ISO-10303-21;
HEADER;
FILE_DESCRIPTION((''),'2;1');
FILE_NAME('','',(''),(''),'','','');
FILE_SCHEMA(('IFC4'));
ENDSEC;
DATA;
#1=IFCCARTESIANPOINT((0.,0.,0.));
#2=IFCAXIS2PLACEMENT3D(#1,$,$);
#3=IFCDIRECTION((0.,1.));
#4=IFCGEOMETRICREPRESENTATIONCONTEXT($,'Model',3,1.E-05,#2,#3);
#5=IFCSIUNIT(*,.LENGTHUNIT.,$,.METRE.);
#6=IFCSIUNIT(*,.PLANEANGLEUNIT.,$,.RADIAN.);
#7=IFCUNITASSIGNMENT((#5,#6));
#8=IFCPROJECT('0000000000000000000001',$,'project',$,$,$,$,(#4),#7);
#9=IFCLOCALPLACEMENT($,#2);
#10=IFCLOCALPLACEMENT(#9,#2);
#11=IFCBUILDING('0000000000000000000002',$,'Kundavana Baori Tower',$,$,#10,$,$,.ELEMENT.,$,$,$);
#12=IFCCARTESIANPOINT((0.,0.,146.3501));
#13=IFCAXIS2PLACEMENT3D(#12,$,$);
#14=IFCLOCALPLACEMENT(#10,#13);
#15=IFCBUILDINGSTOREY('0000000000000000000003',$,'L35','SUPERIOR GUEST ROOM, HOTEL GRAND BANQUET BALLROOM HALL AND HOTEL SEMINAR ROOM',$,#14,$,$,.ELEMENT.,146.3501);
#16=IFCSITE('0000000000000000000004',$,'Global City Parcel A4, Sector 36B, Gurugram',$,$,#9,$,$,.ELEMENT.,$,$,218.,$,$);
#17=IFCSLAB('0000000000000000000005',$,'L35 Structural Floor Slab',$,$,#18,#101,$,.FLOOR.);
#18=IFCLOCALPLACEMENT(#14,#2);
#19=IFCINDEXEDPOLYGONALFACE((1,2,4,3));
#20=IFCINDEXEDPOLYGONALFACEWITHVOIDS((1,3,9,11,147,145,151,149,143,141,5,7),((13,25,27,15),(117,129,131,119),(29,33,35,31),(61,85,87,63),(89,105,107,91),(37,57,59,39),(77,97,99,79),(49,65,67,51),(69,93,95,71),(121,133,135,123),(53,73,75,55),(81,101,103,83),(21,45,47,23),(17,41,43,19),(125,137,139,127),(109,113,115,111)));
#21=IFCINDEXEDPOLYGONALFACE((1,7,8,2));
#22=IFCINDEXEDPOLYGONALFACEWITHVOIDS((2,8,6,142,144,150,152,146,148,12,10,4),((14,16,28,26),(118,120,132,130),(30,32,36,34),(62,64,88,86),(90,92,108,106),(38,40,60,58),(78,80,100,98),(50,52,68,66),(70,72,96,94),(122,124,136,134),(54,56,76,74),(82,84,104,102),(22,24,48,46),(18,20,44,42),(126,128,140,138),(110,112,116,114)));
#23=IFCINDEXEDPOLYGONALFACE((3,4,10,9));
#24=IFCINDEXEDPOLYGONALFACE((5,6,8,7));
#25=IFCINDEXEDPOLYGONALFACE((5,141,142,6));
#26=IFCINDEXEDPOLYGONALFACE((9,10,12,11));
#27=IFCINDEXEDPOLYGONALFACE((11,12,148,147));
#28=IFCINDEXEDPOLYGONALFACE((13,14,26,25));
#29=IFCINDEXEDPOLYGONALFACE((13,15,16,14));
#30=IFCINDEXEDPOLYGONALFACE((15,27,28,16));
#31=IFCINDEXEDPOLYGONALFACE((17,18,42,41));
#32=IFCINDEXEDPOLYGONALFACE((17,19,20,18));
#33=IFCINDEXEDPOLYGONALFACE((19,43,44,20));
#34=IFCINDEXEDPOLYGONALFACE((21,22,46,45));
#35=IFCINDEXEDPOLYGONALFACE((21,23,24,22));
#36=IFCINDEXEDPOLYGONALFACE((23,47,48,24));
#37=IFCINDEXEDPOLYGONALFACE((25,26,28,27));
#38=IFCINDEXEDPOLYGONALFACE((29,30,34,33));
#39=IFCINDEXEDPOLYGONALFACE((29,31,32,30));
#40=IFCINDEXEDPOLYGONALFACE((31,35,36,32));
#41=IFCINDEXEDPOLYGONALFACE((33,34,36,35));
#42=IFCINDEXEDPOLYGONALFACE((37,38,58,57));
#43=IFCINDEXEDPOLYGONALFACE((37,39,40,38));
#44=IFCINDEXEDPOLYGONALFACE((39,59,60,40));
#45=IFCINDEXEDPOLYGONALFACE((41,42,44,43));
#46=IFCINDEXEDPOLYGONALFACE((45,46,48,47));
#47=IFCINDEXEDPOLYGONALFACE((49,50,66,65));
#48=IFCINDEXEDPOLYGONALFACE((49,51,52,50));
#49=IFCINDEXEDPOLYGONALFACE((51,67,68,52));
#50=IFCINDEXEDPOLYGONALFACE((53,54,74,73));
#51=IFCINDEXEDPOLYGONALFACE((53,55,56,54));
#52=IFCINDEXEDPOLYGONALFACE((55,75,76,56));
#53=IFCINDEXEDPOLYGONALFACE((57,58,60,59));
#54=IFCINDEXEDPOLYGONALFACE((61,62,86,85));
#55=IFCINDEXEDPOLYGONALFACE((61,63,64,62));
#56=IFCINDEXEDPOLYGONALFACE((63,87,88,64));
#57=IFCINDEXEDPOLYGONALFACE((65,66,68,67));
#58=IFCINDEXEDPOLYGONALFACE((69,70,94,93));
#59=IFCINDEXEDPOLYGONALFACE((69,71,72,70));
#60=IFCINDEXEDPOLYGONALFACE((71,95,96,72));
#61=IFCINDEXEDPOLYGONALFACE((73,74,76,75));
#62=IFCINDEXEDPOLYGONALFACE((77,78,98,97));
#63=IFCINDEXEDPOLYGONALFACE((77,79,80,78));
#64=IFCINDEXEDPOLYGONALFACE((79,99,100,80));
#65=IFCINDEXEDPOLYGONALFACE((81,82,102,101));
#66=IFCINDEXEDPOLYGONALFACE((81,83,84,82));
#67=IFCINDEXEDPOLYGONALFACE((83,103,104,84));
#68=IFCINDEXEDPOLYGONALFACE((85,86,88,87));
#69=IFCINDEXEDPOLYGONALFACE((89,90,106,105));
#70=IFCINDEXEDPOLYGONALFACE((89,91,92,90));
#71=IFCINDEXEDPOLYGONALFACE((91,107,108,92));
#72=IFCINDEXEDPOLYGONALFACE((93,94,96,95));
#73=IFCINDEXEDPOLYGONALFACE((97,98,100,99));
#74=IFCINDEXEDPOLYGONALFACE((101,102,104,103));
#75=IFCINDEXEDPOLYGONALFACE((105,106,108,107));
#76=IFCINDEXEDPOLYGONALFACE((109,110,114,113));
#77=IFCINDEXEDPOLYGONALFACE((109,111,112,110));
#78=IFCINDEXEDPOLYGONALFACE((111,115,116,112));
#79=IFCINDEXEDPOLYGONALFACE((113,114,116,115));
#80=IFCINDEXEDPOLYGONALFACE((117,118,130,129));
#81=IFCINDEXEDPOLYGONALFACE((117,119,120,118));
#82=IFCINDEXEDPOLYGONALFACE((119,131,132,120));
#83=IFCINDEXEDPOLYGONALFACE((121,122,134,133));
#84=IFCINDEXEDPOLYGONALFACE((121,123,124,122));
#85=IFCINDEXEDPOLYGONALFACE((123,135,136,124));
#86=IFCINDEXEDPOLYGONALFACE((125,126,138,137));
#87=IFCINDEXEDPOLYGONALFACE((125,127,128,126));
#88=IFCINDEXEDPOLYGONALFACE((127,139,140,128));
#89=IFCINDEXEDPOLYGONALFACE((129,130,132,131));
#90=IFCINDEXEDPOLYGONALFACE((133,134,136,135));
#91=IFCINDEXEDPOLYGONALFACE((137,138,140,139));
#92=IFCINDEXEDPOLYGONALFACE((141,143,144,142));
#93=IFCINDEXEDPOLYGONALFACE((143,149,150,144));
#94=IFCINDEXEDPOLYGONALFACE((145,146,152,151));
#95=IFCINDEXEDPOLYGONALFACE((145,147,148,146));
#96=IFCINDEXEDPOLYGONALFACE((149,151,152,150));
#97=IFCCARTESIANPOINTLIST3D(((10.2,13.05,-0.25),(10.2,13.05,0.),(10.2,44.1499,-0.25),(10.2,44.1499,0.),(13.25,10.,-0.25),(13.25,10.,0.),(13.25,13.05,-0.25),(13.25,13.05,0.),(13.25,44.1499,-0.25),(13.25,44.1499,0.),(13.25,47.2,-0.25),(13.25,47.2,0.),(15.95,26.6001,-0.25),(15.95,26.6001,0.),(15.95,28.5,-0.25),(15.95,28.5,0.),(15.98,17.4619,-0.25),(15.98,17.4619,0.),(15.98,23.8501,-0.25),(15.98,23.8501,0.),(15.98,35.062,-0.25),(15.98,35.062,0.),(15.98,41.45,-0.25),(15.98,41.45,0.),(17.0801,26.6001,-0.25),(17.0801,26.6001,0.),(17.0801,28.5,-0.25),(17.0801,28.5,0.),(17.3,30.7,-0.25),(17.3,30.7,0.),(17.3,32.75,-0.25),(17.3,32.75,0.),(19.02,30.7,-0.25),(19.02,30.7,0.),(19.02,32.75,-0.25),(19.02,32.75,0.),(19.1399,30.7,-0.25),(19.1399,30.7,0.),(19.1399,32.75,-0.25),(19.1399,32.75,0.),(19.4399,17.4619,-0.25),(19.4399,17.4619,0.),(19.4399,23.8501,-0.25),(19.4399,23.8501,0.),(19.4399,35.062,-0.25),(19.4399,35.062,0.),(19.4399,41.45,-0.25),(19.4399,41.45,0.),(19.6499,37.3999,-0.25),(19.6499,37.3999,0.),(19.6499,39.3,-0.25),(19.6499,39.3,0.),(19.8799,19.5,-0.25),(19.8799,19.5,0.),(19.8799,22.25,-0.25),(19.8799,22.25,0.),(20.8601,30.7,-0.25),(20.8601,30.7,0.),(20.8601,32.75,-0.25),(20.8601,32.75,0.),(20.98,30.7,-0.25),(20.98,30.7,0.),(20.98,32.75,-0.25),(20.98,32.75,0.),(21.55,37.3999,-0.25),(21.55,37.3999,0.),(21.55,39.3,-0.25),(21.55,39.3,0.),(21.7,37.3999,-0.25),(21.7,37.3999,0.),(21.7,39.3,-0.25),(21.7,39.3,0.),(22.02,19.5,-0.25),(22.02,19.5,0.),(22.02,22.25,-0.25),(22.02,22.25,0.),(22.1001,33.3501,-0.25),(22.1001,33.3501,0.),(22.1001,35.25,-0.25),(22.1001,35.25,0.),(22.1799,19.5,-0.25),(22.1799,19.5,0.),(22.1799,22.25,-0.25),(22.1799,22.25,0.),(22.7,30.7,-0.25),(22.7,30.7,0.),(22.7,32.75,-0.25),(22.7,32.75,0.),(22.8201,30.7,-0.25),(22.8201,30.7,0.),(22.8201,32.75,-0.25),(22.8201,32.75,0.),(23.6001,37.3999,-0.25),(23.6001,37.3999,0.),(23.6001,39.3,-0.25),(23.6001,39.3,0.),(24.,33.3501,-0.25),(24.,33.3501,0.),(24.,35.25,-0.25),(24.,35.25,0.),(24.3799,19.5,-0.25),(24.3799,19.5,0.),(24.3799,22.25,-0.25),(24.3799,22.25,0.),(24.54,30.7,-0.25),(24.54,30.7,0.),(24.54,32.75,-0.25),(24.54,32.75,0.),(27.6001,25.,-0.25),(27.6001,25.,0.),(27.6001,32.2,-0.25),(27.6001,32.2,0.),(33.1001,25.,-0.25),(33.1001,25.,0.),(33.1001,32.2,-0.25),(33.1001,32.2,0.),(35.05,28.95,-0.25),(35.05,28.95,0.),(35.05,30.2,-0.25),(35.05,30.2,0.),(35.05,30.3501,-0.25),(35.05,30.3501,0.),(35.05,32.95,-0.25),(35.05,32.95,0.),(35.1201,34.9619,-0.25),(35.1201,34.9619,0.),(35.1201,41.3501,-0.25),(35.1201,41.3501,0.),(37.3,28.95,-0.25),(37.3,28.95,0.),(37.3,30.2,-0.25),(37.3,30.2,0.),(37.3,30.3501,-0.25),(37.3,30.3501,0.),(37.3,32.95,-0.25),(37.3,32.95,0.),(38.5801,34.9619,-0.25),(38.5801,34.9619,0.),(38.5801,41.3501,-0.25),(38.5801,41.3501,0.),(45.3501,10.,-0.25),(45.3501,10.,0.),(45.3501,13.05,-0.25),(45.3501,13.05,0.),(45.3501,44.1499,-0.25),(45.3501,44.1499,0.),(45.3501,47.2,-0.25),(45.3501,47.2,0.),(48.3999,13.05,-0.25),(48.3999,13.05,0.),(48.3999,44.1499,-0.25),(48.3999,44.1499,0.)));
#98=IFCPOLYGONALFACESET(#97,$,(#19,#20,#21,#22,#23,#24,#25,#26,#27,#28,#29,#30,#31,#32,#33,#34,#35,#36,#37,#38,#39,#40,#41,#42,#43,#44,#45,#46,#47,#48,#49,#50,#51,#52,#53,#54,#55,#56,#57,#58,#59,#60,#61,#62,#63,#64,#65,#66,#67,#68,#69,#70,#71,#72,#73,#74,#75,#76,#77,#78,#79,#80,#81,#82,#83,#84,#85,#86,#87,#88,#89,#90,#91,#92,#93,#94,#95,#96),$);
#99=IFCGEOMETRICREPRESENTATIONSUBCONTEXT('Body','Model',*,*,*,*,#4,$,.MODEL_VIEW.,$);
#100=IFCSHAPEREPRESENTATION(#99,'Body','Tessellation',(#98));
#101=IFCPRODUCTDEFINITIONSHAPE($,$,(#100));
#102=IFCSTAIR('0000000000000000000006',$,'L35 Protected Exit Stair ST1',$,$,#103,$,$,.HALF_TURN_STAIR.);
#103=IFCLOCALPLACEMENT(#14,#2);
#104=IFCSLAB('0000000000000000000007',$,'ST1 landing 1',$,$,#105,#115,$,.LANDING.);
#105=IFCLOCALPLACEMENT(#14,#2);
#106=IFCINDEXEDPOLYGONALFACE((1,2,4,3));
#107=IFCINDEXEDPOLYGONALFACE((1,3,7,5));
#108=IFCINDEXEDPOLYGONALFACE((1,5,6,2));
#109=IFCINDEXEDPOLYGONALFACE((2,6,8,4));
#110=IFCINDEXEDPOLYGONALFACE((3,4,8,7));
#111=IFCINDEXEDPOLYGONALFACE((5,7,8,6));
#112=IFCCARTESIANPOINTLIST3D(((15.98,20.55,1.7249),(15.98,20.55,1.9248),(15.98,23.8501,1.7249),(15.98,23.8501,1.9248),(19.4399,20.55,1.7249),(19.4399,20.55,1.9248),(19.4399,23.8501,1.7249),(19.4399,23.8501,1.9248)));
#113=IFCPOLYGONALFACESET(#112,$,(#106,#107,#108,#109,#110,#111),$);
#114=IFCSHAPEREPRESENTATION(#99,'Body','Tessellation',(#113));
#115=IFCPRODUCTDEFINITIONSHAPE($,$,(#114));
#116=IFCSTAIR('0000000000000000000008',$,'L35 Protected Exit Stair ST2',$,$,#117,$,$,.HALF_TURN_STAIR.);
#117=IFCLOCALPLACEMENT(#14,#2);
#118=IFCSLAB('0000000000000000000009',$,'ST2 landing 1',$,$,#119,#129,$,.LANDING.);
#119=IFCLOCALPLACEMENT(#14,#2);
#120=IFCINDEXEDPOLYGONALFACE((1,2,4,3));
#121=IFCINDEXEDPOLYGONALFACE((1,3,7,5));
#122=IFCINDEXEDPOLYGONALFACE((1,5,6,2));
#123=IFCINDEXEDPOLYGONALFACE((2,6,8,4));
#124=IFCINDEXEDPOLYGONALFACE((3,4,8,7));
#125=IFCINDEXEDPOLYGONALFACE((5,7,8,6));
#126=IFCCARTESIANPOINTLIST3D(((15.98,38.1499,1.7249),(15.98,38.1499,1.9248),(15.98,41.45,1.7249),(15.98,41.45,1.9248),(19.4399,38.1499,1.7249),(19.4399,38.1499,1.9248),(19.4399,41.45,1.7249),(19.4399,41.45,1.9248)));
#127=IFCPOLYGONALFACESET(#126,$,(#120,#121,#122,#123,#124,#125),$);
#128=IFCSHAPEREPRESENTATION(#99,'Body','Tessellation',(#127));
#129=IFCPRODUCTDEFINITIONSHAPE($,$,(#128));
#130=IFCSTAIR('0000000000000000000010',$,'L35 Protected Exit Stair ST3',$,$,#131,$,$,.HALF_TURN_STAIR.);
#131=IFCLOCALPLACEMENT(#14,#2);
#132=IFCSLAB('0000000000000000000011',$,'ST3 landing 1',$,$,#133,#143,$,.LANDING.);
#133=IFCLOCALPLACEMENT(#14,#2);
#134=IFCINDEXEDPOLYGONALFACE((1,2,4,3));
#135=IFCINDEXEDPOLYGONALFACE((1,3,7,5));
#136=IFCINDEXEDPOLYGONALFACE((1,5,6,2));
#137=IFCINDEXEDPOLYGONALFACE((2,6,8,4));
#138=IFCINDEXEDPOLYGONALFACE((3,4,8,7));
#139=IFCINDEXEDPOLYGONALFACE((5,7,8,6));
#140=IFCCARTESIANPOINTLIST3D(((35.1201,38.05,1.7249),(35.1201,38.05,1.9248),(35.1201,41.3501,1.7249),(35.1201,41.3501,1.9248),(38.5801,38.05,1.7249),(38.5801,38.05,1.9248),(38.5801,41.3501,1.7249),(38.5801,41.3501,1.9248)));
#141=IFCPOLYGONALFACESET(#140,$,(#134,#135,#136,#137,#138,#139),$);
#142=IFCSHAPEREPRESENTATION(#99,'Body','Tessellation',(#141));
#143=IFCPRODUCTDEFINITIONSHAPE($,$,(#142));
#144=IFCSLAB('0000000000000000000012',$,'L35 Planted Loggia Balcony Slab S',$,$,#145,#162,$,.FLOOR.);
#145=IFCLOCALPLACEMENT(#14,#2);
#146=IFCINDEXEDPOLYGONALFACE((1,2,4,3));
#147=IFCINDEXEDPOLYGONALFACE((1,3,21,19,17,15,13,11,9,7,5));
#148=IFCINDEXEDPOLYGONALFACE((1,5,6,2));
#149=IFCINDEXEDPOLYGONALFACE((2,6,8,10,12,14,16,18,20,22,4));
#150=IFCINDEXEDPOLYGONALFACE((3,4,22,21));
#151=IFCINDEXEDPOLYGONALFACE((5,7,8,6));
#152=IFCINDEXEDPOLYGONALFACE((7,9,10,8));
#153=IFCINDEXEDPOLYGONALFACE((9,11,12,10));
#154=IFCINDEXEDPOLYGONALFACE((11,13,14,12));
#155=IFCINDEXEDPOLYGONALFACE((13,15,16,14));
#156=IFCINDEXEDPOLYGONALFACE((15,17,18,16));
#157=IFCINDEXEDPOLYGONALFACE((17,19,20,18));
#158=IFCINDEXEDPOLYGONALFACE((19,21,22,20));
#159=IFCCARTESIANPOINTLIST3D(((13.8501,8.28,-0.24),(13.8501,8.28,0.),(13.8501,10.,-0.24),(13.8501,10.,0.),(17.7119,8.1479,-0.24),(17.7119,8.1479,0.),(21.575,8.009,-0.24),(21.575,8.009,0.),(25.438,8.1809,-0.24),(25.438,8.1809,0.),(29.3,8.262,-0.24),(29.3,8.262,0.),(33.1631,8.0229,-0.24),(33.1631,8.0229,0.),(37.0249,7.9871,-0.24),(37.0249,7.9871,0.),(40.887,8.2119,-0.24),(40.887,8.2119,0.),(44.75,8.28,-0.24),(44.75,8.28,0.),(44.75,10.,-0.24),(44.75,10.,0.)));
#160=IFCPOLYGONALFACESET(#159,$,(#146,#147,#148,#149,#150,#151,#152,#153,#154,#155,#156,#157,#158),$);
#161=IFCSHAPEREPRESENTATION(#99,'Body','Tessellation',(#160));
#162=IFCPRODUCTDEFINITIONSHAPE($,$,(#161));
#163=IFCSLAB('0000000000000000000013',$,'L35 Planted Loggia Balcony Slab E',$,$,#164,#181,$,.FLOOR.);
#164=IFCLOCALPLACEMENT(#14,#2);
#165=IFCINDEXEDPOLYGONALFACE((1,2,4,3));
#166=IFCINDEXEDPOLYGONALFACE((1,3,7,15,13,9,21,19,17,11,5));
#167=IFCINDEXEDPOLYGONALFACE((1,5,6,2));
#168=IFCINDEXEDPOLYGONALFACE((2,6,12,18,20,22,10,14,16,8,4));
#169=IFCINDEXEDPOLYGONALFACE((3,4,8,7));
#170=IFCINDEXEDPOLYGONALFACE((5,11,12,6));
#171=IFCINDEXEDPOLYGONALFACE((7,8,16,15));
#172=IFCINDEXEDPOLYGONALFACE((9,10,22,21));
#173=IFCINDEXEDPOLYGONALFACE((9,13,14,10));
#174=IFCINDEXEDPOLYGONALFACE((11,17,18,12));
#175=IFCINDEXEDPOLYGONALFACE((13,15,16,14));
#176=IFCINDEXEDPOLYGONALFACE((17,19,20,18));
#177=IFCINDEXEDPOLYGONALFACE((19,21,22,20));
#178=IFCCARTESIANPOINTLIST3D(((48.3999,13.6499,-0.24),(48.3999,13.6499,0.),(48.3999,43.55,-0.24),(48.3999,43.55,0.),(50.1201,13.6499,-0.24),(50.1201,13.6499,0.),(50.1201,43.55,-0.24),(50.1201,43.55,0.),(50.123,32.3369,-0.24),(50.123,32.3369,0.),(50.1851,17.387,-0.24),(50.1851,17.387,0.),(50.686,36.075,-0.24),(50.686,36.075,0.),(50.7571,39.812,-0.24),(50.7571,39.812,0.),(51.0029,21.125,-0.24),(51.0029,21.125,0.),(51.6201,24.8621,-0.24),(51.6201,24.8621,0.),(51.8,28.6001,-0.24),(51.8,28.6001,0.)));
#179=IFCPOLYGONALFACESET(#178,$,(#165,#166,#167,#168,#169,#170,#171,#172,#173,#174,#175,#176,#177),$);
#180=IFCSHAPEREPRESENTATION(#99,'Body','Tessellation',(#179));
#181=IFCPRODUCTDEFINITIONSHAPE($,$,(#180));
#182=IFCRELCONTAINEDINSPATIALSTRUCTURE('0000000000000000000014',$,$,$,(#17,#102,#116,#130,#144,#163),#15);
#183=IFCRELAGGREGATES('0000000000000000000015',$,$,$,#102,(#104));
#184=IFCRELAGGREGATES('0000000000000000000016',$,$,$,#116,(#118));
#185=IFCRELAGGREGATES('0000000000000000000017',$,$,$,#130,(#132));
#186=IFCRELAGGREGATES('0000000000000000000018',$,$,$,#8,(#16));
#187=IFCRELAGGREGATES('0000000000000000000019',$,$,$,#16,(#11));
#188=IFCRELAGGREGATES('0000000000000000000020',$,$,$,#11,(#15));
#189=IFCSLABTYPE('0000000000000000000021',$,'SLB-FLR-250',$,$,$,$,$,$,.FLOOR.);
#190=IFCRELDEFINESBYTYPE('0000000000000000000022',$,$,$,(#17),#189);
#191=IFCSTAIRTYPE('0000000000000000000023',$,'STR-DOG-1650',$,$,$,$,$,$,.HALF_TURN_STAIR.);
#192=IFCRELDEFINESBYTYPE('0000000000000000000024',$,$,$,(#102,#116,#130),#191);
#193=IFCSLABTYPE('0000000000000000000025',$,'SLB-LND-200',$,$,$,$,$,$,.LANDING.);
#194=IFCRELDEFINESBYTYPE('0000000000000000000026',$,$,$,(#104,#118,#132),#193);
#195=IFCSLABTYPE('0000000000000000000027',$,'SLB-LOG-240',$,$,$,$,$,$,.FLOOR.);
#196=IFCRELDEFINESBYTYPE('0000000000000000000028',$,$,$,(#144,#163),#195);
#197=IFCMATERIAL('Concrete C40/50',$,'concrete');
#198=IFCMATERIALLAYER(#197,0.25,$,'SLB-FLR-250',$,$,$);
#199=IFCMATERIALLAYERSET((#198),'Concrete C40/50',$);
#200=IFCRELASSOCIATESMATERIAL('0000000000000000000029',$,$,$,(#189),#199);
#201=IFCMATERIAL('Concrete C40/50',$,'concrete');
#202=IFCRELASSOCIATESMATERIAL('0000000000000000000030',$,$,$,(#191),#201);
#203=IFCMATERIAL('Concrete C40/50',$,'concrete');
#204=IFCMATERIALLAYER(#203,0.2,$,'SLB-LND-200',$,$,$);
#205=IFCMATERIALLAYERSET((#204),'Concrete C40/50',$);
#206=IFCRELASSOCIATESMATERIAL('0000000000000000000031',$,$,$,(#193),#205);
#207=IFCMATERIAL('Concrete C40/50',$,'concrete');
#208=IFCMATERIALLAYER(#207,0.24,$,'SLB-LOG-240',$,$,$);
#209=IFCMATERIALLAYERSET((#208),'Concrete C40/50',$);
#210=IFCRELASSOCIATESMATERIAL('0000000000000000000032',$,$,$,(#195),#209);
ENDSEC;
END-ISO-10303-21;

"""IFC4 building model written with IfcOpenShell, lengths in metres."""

from ifc_helpers import new_model, si_unit, direction, frame, origin, place, context, subcontext, project, spatial, polyline, outline, extrude, material, layer, layer_set, type_object, element, aggregate, save


model = new_model("IFC4")

# Units and contexts
model_context = context("Model", 3, precision=1e-05, world=origin(), true_north=direction((0.0, 1.0)))
body_context = subcontext(model_context, "Body", "Model", "MODEL_VIEW")
ifc_project = project(units=[si_unit("LENGTHUNIT", "METRE"), si_unit("PLANEANGLEUNIT", "RADIAN")], contexts=[model_context])

# Site, building, storey
site_placement = place(None, origin())
site = spatial("IfcSite", under=ifc_project, at=site_placement, Name="Global City Parcel A4, Sector 36B, Gurugram", CompositionType="ELEMENT", RefElevation=218.0)
building_placement = place(site_placement, origin())
building = spatial("IfcBuilding", under=site, at=building_placement, Name="Kundavana Baori Tower", CompositionType="ELEMENT")
storey_placement = place(building_placement, frame((0.0, 0.0, 146.3501)))
storey = spatial("IfcBuildingStorey", under=building, at=storey_placement, Name="L35", Description="SUPERIOR GUEST ROOM, HOTEL GRAND BANQUET BALLROOM HALL AND HOTEL SEMINAR ROOM", CompositionType="ELEMENT", Elevation=146.3501)

# Slab
ifc_material_1 = material(Name="Concrete C40/50", Category="concrete")
ifc_layer_1 = layer(ifc_material_1, 0.25, Name="SLB-FLR-250")
ifc_layer_set_1 = layer_set([ifc_layer_1], Name="Concrete C40/50")
slab_type_1 = type_object("IfcSlabType", Name="SLB-FLR-250", PredefinedType="FLOOR", material=ifc_layer_set_1)
slab_1_placement = place(storey_placement, frame((0.0, 0.0, -0.25)))
element("IfcSlab", 1, at=slab_1_placement, inside=storey, type_object=slab_type_1, Name="L35 Structural Floor Slab", PredefinedType="FLOOR", context=body_context, shape_type="SweptSolid", body=[
    extrude(outline(polyline([(13.25, 10.0), (45.3501, 10.0), (45.3501, 13.05), (48.3999, 13.05), (48.3999, 44.1499), (45.3501, 44.1499), (45.3501, 47.2), (13.25, 47.2), (13.25, 44.1499), (10.2, 44.1499), (10.2, 13.05), (13.25, 13.05), (13.25, 10.0)]), holes=[polyline([(19.4399, 17.4619), (19.4399, 23.8501), (15.98, 23.8501), (15.98, 17.4619), (19.4399, 17.4619)]), polyline([(19.4399, 35.062), (19.4399, 41.45), (15.98, 41.45), (15.98, 35.062), (19.4399, 35.062)]), polyline([(38.5801, 34.9619), (38.5801, 41.3501), (35.1201, 41.3501), (35.1201, 34.9619), (38.5801, 34.9619)]), polyline([(17.3, 30.7), (19.02, 30.7), (19.02, 32.75), (17.3, 32.75), (17.3, 30.7)]), polyline([(19.1399, 30.7), (20.8601, 30.7), (20.8601, 32.75), (19.1399, 32.75), (19.1399, 30.7)]), polyline([(20.98, 30.7), (22.7, 30.7), (22.7, 32.75), (20.98, 32.75), (20.98, 30.7)]), polyline([(22.8201, 30.7), (24.54, 30.7), (24.54, 32.75), (22.8201, 32.75), (22.8201, 30.7)]), polyline([(19.6499, 37.3999), (21.55, 37.3999), (21.55, 39.3), (19.6499, 39.3), (19.6499, 37.3999)]), polyline([(21.7, 37.3999), (23.6001, 37.3999), (23.6001, 39.3), (21.7, 39.3), (21.7, 37.3999)]), polyline([(22.1001, 33.3501), (24.0, 33.3501), (24.0, 35.25), (22.1001, 35.25), (22.1001, 33.3501)]), polyline([(19.8799, 19.5), (22.02, 19.5), (22.02, 22.25), (19.8799, 22.25), (19.8799, 19.5)]), polyline([(22.1799, 19.5), (24.3799, 19.5), (24.3799, 22.25), (22.1799, 22.25), (22.1799, 19.5)]), polyline([(35.05, 30.3501), (37.3, 30.3501), (37.3, 32.95), (35.05, 32.95), (35.05, 30.3501)]), polyline([(15.95, 26.6001), (17.0801, 26.6001), (17.0801, 28.5), (15.95, 28.5), (15.95, 26.6001)]), polyline([(35.05, 28.95), (37.3, 28.95), (37.3, 30.2), (35.05, 30.2), (35.05, 28.95)]), polyline([(27.6001, 25.0), (33.1001, 25.0), (33.1001, 32.2), (27.6001, 32.2), (27.6001, 25.0)])]), origin(), (0.0, 0.0, 1.0), 0.25),
])

# Stairs, slabs
ifc_material_2 = material(Name="Concrete C40/50", Category="concrete")
stair_type = type_object("IfcStairType", Name="STR-DOG-1650", PredefinedType="HALF_TURN_STAIR", material=ifc_material_2)
stair_1_placement = place(storey_placement, origin())
stair_1 = element("IfcStair", 2, at=stair_1_placement, inside=storey, type_object=stair_type, Name="L35 Protected Exit Stair ST1", PredefinedType="HALF_TURN_STAIR")
ifc_material_3 = material(Name="Concrete C40/50", Category="concrete")
ifc_layer_2 = layer(ifc_material_3, 0.2, Name="SLB-LND-200")
ifc_layer_set_2 = layer_set([ifc_layer_2], Name="Concrete C40/50")
slab_type_2 = type_object("IfcSlabType", Name="SLB-LND-200", PredefinedType="LANDING", material=ifc_layer_set_2)
slab_2_placement = place(storey_placement, frame((0.0, 0.0, 1.7249)))
slab_2 = element("IfcSlab", 3, at=slab_2_placement, type_object=slab_type_2, Name="ST1 landing 1", PredefinedType="LANDING", context=body_context, shape_type="SweptSolid", body=[
    extrude(outline(polyline([(19.4399, 20.55), (19.4399, 23.8501), (15.98, 23.8501), (15.98, 20.55), (19.4399, 20.55)])), origin(), (0.0, 0.0, 1.0), 0.2),
])
aggregate(stair_1, [slab_2])
stair_2_placement = place(storey_placement, origin())
stair_2 = element("IfcStair", 4, at=stair_2_placement, inside=storey, type_object=stair_type, Name="L35 Protected Exit Stair ST2", PredefinedType="HALF_TURN_STAIR")
slab_3_placement = place(storey_placement, frame((0.0, 0.0, 1.7249)))
slab_3 = element("IfcSlab", 5, at=slab_3_placement, type_object=slab_type_2, Name="ST2 landing 1", PredefinedType="LANDING", context=body_context, shape_type="SweptSolid", body=[
    extrude(outline(polyline([(19.4399, 38.1499), (19.4399, 41.45), (15.98, 41.45), (15.98, 38.1499), (19.4399, 38.1499)])), origin(), (0.0, 0.0, 1.0), 0.2),
])
aggregate(stair_2, [slab_3])
stair_3_placement = place(storey_placement, origin())
stair_3 = element("IfcStair", 6, at=stair_3_placement, inside=storey, type_object=stair_type, Name="L35 Protected Exit Stair ST3", PredefinedType="HALF_TURN_STAIR")
slab_4_placement = place(storey_placement, frame((0.0, 0.0, 1.7249)))
slab_4 = element("IfcSlab", 7, at=slab_4_placement, type_object=slab_type_2, Name="ST3 landing 1", PredefinedType="LANDING", context=body_context, shape_type="SweptSolid", body=[
    extrude(outline(polyline([(38.5801, 38.05), (38.5801, 41.3501), (35.1201, 41.3501), (35.1201, 38.05), (38.5801, 38.05)])), origin(), (0.0, 0.0, 1.0), 0.2),
])
aggregate(stair_3, [slab_4])

# Slabs
ifc_material_4 = material(Name="Concrete C40/50", Category="concrete")
ifc_layer_3 = layer(ifc_material_4, 0.24, Name="SLB-LOG-240")
ifc_layer_set_3 = layer_set([ifc_layer_3], Name="Concrete C40/50")
slab_type_3 = type_object("IfcSlabType", Name="SLB-LOG-240", PredefinedType="FLOOR", material=ifc_layer_set_3)
slab_5_placement = place(storey_placement, frame((0.0, 0.0, -0.24)))
element("IfcSlab", 8, at=slab_5_placement, inside=storey, type_object=slab_type_3, Name="L35 Planted Loggia Balcony Slab S", PredefinedType="FLOOR", context=body_context, shape_type="SweptSolid", body=[
    extrude(outline(polyline([(13.8501, 10.0), (44.75, 10.0), (44.75, 8.28), (40.887, 8.2119), (37.0249, 7.9871), (33.1631, 8.0229), (29.3, 8.262), (25.438, 8.1809), (21.575, 8.009), (17.7119, 8.1479), (13.8501, 8.28), (13.8501, 10.0)])), origin(), (0.0, 0.0, 1.0), 0.24),
])
slab_6_placement = place(storey_placement, frame((0.0, 0.0, -0.24)))
element("IfcSlab", 9, at=slab_6_placement, inside=storey, type_object=slab_type_3, Name="L35 Planted Loggia Balcony Slab E", PredefinedType="FLOOR", context=body_context, shape_type="SweptSolid", body=[
    extrude(outline(polyline([(48.3999, 13.6499), (48.3999, 43.55), (50.1201, 43.55), (50.7571, 39.812), (50.686, 36.075), (50.123, 32.3369), (51.8, 28.6001), (51.6201, 24.8621), (51.0029, 21.125), (50.1851, 17.387), (50.1201, 13.6499), (48.3999, 13.6499)])), origin(), (0.0, 0.0, 1.0), 0.24),
])

save(model, "model.ifc")
